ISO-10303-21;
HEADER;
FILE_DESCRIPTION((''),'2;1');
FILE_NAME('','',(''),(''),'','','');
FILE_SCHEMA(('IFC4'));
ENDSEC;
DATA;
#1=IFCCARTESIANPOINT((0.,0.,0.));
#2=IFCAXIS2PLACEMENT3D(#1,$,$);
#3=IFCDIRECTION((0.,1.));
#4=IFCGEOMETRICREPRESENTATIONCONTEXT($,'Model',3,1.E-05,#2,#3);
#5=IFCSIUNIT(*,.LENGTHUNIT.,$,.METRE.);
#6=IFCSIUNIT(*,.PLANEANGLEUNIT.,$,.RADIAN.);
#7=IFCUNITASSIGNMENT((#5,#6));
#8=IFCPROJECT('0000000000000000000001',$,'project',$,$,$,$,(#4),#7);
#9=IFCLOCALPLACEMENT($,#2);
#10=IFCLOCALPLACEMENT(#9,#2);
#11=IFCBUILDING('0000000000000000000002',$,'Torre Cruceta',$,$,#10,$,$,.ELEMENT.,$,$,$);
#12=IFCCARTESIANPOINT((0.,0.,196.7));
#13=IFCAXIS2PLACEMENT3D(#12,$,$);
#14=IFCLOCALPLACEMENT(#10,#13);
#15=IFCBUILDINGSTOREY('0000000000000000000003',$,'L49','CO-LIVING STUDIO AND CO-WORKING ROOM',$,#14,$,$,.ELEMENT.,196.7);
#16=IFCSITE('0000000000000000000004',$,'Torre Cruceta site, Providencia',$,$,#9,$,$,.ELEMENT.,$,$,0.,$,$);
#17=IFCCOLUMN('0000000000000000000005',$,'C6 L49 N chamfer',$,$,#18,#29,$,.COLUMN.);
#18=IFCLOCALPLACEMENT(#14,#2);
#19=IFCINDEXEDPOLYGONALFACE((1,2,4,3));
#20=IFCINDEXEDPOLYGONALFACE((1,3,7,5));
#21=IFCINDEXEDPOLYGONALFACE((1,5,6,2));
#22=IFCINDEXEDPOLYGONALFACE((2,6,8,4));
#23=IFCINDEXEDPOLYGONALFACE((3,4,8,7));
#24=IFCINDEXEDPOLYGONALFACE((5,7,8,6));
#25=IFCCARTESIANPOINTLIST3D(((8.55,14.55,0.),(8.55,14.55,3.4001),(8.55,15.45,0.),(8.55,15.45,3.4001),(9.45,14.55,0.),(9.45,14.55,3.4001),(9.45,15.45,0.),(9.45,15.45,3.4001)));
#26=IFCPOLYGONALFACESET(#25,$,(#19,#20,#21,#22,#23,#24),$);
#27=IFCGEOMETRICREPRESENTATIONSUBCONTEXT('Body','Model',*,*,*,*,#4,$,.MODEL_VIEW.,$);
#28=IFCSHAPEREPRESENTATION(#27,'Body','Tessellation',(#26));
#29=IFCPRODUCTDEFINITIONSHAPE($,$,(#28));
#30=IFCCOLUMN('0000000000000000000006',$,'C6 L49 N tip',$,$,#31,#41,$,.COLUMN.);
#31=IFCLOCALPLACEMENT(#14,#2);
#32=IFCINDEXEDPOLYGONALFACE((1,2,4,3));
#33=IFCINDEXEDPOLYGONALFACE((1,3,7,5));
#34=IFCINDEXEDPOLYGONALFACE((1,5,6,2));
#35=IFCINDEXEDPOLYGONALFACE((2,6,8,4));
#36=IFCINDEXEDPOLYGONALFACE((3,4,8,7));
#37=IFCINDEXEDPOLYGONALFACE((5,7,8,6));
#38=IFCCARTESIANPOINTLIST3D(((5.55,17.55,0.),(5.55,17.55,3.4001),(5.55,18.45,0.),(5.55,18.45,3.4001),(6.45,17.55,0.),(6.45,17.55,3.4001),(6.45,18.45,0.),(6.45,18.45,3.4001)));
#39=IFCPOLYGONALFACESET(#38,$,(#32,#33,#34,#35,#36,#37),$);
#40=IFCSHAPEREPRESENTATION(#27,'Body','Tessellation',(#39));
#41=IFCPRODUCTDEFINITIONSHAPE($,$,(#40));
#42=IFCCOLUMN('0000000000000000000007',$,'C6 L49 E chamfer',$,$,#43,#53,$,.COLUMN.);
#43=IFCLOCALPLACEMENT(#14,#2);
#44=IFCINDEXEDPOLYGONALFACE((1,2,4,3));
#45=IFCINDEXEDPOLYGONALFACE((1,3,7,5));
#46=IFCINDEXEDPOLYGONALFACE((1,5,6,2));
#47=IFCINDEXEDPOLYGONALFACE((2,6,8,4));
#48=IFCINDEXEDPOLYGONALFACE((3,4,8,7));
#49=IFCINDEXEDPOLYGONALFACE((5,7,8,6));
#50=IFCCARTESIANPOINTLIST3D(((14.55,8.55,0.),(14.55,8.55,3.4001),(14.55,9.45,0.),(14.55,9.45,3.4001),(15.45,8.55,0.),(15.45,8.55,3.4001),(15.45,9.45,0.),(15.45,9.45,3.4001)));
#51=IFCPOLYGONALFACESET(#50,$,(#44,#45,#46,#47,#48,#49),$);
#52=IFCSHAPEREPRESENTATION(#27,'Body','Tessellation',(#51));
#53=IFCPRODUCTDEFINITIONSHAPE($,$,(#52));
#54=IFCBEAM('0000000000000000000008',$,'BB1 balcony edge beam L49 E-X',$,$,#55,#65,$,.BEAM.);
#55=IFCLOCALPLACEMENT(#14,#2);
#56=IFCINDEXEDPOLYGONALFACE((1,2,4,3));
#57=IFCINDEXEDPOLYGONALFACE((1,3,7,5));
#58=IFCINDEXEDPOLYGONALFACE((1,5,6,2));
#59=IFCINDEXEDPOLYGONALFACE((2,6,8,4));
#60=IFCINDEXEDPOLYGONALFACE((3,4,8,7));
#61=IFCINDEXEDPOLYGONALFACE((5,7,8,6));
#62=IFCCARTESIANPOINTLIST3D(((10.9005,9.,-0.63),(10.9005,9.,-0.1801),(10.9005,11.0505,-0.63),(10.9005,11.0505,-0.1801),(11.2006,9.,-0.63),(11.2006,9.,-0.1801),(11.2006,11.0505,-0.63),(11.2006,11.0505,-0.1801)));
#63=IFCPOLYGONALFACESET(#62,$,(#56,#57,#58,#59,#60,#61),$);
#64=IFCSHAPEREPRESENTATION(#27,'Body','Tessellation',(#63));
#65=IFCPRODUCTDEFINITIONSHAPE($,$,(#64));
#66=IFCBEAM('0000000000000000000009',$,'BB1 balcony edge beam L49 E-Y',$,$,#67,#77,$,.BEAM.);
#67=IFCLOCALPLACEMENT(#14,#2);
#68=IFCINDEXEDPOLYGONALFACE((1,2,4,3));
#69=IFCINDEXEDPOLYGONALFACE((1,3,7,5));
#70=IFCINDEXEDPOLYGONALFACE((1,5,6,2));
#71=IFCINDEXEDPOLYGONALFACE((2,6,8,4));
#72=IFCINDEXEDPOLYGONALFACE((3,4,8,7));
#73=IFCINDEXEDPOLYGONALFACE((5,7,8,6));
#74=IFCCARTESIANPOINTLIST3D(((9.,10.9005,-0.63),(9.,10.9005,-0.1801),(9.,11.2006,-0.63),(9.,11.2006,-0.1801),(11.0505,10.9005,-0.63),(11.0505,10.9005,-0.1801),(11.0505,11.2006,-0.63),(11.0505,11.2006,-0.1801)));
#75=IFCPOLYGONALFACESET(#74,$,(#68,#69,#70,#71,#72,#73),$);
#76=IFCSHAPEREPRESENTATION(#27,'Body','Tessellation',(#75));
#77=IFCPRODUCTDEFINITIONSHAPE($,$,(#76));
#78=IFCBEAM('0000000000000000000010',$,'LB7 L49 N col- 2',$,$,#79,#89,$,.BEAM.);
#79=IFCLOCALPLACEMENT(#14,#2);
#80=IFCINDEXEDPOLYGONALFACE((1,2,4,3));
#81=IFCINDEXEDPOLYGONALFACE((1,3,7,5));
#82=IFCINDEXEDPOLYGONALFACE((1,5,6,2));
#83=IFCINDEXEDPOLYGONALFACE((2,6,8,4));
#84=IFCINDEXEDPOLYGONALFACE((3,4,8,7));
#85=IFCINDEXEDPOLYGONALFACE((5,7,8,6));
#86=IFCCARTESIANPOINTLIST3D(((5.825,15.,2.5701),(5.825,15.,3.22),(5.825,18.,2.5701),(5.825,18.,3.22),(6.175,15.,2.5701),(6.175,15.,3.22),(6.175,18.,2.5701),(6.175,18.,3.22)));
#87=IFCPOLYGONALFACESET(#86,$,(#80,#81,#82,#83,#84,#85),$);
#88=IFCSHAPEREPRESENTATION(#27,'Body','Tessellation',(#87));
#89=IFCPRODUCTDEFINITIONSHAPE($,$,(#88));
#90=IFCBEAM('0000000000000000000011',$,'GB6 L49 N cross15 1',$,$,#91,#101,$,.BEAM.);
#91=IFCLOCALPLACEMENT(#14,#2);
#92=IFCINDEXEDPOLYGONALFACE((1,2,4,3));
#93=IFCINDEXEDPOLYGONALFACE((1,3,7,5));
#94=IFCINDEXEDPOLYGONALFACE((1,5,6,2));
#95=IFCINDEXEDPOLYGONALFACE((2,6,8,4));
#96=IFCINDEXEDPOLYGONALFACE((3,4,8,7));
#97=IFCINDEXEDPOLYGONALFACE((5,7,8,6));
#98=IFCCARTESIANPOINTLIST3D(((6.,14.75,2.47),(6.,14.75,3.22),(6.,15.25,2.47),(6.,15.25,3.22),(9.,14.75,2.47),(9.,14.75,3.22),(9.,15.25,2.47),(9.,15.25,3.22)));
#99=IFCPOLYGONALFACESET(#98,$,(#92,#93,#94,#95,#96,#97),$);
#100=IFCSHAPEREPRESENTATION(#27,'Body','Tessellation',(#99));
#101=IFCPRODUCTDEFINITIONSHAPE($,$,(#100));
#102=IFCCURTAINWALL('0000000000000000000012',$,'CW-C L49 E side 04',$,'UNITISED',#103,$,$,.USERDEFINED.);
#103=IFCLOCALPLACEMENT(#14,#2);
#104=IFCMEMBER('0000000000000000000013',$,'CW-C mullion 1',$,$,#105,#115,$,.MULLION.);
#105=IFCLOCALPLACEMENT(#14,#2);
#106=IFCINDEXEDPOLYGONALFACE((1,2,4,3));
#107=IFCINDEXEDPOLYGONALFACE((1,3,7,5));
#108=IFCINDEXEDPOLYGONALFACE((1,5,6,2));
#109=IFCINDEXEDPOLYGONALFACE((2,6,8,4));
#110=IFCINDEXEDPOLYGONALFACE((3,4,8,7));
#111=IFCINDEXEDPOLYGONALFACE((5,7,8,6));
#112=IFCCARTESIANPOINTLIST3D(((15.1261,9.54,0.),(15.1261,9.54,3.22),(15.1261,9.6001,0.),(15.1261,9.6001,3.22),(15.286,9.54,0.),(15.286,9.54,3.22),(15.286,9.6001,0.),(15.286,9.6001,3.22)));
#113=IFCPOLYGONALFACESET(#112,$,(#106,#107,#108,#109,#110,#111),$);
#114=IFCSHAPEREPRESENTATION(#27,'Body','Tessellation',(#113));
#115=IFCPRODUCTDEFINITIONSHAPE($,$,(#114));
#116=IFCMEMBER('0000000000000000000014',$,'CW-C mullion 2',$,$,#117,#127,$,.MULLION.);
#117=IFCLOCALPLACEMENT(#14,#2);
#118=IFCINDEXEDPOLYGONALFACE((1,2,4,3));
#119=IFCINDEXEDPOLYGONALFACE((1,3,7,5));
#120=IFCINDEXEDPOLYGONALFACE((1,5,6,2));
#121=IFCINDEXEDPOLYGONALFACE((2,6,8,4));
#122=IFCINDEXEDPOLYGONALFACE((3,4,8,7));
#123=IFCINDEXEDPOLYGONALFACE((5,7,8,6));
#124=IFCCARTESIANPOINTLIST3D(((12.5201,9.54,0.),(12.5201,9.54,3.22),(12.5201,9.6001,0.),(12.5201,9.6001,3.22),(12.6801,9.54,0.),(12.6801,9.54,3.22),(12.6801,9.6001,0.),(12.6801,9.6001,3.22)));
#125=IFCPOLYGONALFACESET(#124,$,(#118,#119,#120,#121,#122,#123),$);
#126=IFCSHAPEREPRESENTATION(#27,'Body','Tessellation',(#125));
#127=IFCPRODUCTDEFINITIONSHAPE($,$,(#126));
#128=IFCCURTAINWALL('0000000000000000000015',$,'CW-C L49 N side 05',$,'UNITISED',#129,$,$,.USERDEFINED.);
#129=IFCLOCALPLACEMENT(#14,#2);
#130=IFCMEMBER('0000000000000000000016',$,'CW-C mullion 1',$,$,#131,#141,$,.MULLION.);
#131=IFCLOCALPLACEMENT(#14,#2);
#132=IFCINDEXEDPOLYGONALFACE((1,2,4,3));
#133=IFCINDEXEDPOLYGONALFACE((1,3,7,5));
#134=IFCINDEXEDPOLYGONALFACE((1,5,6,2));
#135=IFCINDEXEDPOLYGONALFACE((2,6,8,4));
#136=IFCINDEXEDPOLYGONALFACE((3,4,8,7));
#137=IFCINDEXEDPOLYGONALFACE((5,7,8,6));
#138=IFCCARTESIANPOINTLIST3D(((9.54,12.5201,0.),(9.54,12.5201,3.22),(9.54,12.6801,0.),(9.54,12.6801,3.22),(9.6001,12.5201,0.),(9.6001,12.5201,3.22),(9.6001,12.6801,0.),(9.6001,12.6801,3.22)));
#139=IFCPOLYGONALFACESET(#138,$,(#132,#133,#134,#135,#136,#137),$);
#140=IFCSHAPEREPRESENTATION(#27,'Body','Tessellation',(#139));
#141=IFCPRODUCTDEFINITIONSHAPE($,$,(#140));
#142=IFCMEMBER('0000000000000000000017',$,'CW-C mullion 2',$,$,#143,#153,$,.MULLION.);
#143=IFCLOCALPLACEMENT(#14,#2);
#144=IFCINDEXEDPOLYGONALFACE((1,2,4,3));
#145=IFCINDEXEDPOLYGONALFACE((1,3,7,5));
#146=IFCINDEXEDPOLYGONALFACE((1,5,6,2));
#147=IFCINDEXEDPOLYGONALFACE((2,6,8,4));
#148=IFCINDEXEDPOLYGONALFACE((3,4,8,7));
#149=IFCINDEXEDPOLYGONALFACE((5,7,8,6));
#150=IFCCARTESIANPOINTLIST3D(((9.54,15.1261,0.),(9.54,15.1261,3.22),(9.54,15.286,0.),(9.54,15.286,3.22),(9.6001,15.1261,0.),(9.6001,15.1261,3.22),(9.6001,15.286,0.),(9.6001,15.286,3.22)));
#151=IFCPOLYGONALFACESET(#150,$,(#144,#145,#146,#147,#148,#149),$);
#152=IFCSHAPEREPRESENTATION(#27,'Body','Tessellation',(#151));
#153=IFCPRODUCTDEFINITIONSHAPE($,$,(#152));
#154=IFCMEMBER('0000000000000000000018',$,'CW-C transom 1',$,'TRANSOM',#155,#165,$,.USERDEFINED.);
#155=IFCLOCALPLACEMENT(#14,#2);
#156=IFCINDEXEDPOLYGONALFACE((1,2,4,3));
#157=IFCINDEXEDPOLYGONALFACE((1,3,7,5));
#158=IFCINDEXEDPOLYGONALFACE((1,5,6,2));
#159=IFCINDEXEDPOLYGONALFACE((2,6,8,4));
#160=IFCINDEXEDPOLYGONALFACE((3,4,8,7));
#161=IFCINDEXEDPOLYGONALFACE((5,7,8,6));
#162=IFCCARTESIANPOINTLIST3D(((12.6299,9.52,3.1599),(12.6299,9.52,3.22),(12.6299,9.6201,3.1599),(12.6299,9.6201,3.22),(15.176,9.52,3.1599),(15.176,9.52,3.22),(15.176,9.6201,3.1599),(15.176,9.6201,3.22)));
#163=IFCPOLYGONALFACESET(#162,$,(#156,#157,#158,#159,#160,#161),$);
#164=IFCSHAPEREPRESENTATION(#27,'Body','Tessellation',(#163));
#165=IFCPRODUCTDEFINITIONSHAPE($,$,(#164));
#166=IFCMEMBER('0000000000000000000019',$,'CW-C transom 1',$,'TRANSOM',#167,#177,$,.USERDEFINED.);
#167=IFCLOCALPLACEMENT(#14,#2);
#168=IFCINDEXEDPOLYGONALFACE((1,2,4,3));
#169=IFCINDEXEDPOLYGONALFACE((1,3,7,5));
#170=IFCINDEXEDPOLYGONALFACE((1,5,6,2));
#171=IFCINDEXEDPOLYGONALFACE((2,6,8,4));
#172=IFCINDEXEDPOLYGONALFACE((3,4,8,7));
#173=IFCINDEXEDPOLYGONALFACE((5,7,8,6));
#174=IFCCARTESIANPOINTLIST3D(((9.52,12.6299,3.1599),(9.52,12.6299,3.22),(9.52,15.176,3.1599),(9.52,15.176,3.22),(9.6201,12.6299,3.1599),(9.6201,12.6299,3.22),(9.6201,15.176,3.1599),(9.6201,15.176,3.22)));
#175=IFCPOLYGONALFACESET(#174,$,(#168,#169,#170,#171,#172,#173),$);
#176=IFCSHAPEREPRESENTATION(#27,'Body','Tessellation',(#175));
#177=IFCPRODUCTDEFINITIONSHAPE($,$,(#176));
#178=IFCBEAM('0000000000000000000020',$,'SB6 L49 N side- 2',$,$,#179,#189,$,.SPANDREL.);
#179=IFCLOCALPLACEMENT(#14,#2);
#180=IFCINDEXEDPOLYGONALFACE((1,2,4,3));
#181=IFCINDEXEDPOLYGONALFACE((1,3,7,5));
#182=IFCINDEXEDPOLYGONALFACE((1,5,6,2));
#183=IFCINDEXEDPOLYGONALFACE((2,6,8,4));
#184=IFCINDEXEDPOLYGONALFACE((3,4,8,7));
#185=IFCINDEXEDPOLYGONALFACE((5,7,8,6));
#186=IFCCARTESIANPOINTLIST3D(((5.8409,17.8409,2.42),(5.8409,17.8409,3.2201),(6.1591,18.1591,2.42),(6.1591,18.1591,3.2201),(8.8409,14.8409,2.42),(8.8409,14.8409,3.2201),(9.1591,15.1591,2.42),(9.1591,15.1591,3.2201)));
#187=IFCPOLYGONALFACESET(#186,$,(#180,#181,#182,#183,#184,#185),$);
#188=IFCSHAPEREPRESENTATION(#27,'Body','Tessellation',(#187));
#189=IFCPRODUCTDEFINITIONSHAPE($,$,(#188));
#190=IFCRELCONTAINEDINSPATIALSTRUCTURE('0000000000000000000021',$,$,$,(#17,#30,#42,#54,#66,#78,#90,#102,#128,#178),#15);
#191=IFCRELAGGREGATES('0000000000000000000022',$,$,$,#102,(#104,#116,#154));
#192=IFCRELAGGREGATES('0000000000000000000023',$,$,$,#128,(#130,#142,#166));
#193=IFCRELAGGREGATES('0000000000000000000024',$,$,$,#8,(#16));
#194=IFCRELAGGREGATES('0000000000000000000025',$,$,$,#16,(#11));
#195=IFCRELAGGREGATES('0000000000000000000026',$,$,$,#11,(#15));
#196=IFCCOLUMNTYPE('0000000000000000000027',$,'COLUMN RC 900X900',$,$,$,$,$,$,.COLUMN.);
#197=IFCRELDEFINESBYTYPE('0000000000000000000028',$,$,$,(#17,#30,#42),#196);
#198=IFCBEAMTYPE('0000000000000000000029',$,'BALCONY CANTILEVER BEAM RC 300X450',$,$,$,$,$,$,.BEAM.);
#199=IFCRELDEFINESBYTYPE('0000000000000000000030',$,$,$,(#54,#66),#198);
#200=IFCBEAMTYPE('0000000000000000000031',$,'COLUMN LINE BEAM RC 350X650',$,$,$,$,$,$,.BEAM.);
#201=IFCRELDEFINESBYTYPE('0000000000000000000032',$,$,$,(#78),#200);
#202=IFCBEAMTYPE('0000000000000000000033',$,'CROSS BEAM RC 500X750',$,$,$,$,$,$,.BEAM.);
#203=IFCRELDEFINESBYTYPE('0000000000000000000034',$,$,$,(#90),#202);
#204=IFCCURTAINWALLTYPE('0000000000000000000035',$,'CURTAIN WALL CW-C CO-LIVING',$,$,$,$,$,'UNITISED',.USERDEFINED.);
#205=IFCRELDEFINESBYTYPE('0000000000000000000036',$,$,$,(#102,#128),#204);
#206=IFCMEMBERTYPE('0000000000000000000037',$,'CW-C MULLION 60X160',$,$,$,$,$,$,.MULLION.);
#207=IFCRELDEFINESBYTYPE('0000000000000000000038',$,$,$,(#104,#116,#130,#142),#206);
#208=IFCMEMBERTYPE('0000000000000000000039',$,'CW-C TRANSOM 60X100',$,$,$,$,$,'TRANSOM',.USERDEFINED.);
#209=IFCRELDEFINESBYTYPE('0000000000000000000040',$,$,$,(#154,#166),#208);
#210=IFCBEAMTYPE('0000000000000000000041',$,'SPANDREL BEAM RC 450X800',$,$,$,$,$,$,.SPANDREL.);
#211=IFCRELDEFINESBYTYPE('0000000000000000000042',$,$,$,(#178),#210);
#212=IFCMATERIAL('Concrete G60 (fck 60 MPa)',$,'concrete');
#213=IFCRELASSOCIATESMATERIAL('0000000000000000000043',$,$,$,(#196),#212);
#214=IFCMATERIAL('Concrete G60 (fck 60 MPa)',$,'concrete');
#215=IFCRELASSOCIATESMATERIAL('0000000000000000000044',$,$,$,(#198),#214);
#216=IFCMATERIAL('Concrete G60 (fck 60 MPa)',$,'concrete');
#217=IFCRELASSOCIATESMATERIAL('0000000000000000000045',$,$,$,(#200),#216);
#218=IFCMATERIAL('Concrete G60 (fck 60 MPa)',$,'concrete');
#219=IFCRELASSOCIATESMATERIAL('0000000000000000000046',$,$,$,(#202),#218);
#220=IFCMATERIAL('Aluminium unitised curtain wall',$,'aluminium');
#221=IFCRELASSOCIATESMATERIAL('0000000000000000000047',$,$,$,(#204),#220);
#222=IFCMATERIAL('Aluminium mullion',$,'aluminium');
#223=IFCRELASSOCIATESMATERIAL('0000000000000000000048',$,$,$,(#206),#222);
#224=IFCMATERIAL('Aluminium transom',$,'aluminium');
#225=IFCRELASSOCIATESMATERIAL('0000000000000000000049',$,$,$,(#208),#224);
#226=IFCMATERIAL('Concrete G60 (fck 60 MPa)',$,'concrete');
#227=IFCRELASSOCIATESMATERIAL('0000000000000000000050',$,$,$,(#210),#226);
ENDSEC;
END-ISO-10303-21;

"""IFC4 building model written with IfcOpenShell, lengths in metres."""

from ifc_helpers import new_model, si_unit, direction, frame, origin, origin_2d, place, context, subcontext, project, spatial, rectangle, extrude, material, material_profile, profile_set, type_object, element, aggregate, save


model = new_model("IFC4")

# Units and contexts
model_context = context("Model", 3, precision=1e-05, world=origin(), true_north=direction((0.0, 1.0)))
body_context = subcontext(model_context, "Body", "Model", "MODEL_VIEW")
ifc_project = project(units=[si_unit("LENGTHUNIT", "METRE"), si_unit("PLANEANGLEUNIT", "RADIAN")], contexts=[model_context])

# Site, building, storey
site_placement = place(None, origin())
site = spatial("IfcSite", under=ifc_project, at=site_placement, Name="Torre Cruceta site, Providencia", CompositionType="ELEMENT", RefElevation=0.0)
building_placement = place(site_placement, origin())
building = spatial("IfcBuilding", under=site, at=building_placement, Name="Torre Cruceta", CompositionType="ELEMENT")
storey_placement = place(building_placement, frame((0.0, 0.0, 196.7)))
storey = spatial("IfcBuildingStorey", under=building, at=storey_placement, Name="L49", Description="CO-LIVING STUDIO AND CO-WORKING ROOM", CompositionType="ELEMENT", Elevation=196.7)

# Columns
ifc_material_1 = material(Name="Concrete G60 (fck 60 MPa)", Category="concrete")
ifc_material_profile_1 = material_profile(ifc_material_1, rectangle(XDim=0.8999, YDim=0.8999, at=origin_2d()), Name="RC 900X900")
ifc_profile_set_1 = profile_set([ifc_material_profile_1], Name="Concrete G60 (fck 60 MPa)")
column_type = type_object("IfcColumnType", Name="COLUMN RC 900X900", PredefinedType="COLUMN", material=ifc_profile_set_1)
for number, where, z_axis, x_axis, name in (
    (1, (9.0, 15.0, 0.0), (0.0, 0.0, 1.0), (1.0, 0.0, 0.0), "C6 L49 N chamfer"),
    (2, (6.0, 18.0, 0.0), (0.0, 0.0, 1.0), (1.0, 0.0, 0.0), "C6 L49 N tip"),
    (3, (15.0, 9.0, 0.0), (0.0, 0.0, 1.0), (1.0, 0.0, 0.0), "C6 L49 E chamfer"),
):
    element("IfcColumn", number, at=place(storey_placement, frame(where, z_axis=z_axis, x_axis=x_axis)), inside=storey, type_object=column_type, Name=name, PredefinedType="COLUMN", context=body_context, shape_type="SweptSolid", body=[
        extrude(rectangle(XDim=0.8999, YDim=0.8999, at=origin_2d()), origin(), (0.0, 0.0, 1.0), 3.4001),
    ])

# Beams
ifc_material_2 = material(Name="Concrete G60 (fck 60 MPa)", Category="concrete")
ifc_material_profile_2 = material_profile(ifc_material_2, rectangle(XDim=0.3, YDim=0.45, at=origin_2d()), Name="RC 300X450")
ifc_profile_set_2 = profile_set([ifc_material_profile_2], Name="Concrete G60 (fck 60 MPa)")
beam_type_1 = type_object("IfcBeamType", Name="BALCONY CANTILEVER BEAM RC 300X450", PredefinedType="BEAM", material=ifc_profile_set_2)
for number, where, z_axis, x_axis, name in (
    (4, (11.0505, 9.0, -0.405), (0.0, 1.0, 0.0), (-1.0, 0.0, 0.0), "BB1 balcony edge beam L49 E-X"),
    (5, (9.0, 11.0505, -0.405), (1.0, 0.0, 0.0), (0.0, 1.0, 0.0), "BB1 balcony edge beam L49 E-Y"),
):
    element("IfcBeam", number, at=place(storey_placement, frame(where, z_axis=z_axis, x_axis=x_axis)), inside=storey, type_object=beam_type_1, Name=name, PredefinedType="BEAM", context=body_context, shape_type="SweptSolid", body=[
        extrude(rectangle(XDim=0.3, YDim=0.45, at=origin_2d()), origin(), (0.0, 0.0, 1.0), 2.0505),
    ])
ifc_material_3 = material(Name="Concrete G60 (fck 60 MPa)", Category="concrete")
ifc_material_profile_3 = material_profile(ifc_material_3, rectangle(XDim=0.3501, YDim=0.6499, at=origin_2d()), Name="RC 350X650")
ifc_profile_set_3 = profile_set([ifc_material_profile_3], Name="Concrete G60 (fck 60 MPa)")
beam_type_2 = type_object("IfcBeamType", Name="COLUMN LINE BEAM RC 350X650", PredefinedType="BEAM", material=ifc_profile_set_3)
beam_1_placement = place(storey_placement, frame((6.0, 15.0, 2.895), z_axis=(0.0, 1.0, 0.0), x_axis=(-1.0, 0.0, 0.0)))
element("IfcBeam", 6, at=beam_1_placement, inside=storey, type_object=beam_type_2, Name="LB7 L49 N col- 2", PredefinedType="BEAM", context=body_context, shape_type="SweptSolid", body=[
    extrude(rectangle(XDim=0.3501, YDim=0.6499, at=origin_2d()), origin(), (0.0, 0.0, 1.0), 3.0),
])
ifc_material_4 = material(Name="Concrete G60 (fck 60 MPa)", Category="concrete")
ifc_material_profile_4 = material_profile(ifc_material_4, rectangle(XDim=0.5, YDim=0.75, at=origin_2d()), Name="RC 500X750")
ifc_profile_set_4 = profile_set([ifc_material_profile_4], Name="Concrete G60 (fck 60 MPa)")
beam_type_3 = type_object("IfcBeamType", Name="CROSS BEAM RC 500X750", PredefinedType="BEAM", material=ifc_profile_set_4)
beam_2_placement = place(storey_placement, frame((9.0, 15.0, 2.845), z_axis=(-1.0, 0.0, 0.0), x_axis=(0.0, -1.0, 0.0)))
element("IfcBeam", 7, at=beam_2_placement, inside=storey, type_object=beam_type_3, Name="GB6 L49 N cross15 1", PredefinedType="BEAM", context=body_context, shape_type="SweptSolid", body=[
    extrude(rectangle(XDim=0.5, YDim=0.75, at=origin_2d()), origin(), (0.0, 0.0, 1.0), 3.0),
])

# Curtain walls, members
ifc_material_5 = material(Name="Aluminium unitised curtain wall", Category="aluminium")
curtain_wall_type = type_object("IfcCurtainWallType", Name="CURTAIN WALL CW-C CO-LIVING", ElementType="UNITISED", PredefinedType="USERDEFINED", material=ifc_material_5)
curtain_wall_1_placement = place(storey_placement, origin())
curtain_wall_1 = element("IfcCurtainWall", 8, at=curtain_wall_1_placement, inside=storey, type_object=curtain_wall_type, Name="CW-C L49 E side 04", ObjectType="UNITISED", PredefinedType="USERDEFINED")
ifc_material_6 = material(Name="Aluminium mullion", Category="aluminium")
ifc_material_profile_5 = material_profile(ifc_material_6, rectangle(XDim=0.0601, YDim=0.1599, at=origin_2d()), Name="AL 60X160")
ifc_profile_set_5 = profile_set([ifc_material_profile_5], Name="Aluminium mullion")
member_type_1 = type_object("IfcMemberType", Name="CW-C MULLION 60X160", PredefinedType="MULLION", material=ifc_profile_set_5)
member_1_placement = place(storey_placement, frame((15.2061, 9.5701, 0.0), z_axis=(0.0, 0.0, 1.0), x_axis=(0.0, -1.0, 0.0)))
member_1 = element("IfcMember", 9, at=member_1_placement, type_object=member_type_1, Name="CW-C mullion 1", PredefinedType="MULLION", context=body_context, shape_type="SweptSolid", body=[
    extrude(rectangle(XDim=0.0601, YDim=0.1599, at=origin_2d()), origin(), (0.0, 0.0, 1.0), 3.22),
])
member_2_placement = place(storey_placement, frame((12.6001, 9.5701, 0.0), z_axis=(0.0, 0.0, 1.0), x_axis=(0.0, -1.0, 0.0)))
member_2 = element("IfcMember", 10, at=member_2_placement, type_object=member_type_1, Name="CW-C mullion 2", PredefinedType="MULLION", context=body_context, shape_type="SweptSolid", body=[
    extrude(rectangle(XDim=0.0601, YDim=0.1599, at=origin_2d()), origin(), (0.0, 0.0, 1.0), 3.22),
])
curtain_wall_2_placement = place(storey_placement, origin())
curtain_wall_2 = element("IfcCurtainWall", 11, at=curtain_wall_2_placement, inside=storey, type_object=curtain_wall_type, Name="CW-C L49 N side 05", ObjectType="UNITISED", PredefinedType="USERDEFINED")
member_3_placement = place(storey_placement, frame((9.5701, 12.6001, 0.0), z_axis=(0.0, 0.0, 1.0), x_axis=(-1.0, 0.0, 0.0)))
member_3 = element("IfcMember", 12, at=member_3_placement, type_object=member_type_1, Name="CW-C mullion 1", PredefinedType="MULLION", context=body_context, shape_type="SweptSolid", body=[
    extrude(rectangle(XDim=0.0601, YDim=0.1599, at=origin_2d()), origin(), (0.0, 0.0, 1.0), 3.22),
])
member_4_placement = place(storey_placement, frame((9.5701, 15.2061, 0.0), z_axis=(0.0, 0.0, 1.0), x_axis=(-1.0, 0.0, 0.0)))
member_4 = element("IfcMember", 13, at=member_4_placement, type_object=member_type_1, Name="CW-C mullion 2", PredefinedType="MULLION", context=body_context, shape_type="SweptSolid", body=[
    extrude(rectangle(XDim=0.0601, YDim=0.1599, at=origin_2d()), origin(), (0.0, 0.0, 1.0), 3.22),
])

# Members
ifc_material_7 = material(Name="Aluminium transom", Category="aluminium")
ifc_material_profile_6 = material_profile(ifc_material_7, rectangle(XDim=0.1001, YDim=0.0601, at=origin_2d()), Name="AL 100X60")
ifc_profile_set_6 = profile_set([ifc_material_profile_6], Name="Aluminium transom")
member_type_2 = type_object("IfcMemberType", Name="CW-C TRANSOM 60X100", ElementType="TRANSOM", PredefinedType="USERDEFINED", material=ifc_profile_set_6)
member_5_placement = place(storey_placement, frame((15.176, 9.5701, 3.1899), z_axis=(-1.0, 0.0, 0.0), x_axis=(0.0, -1.0, 0.0)))
member_5 = element("IfcMember", 14, at=member_5_placement, type_object=member_type_2, Name="CW-C transom 1", ObjectType="TRANSOM", PredefinedType="USERDEFINED", context=body_context, shape_type="SweptSolid", body=[
    extrude(rectangle(XDim=0.1001, YDim=0.0601, at=origin_2d()), origin(), (0.0, 0.0, 1.0), 2.5461),
])
member_6_placement = place(storey_placement, frame((9.5701, 12.6299, 3.1899), z_axis=(0.0, 1.0, 0.0), x_axis=(-1.0, 0.0, 0.0)))
member_6 = element("IfcMember", 15, at=member_6_placement, type_object=member_type_2, Name="CW-C transom 1", ObjectType="TRANSOM", PredefinedType="USERDEFINED", context=body_context, shape_type="SweptSolid", body=[
    extrude(rectangle(XDim=0.1001, YDim=0.0601, at=origin_2d()), origin(), (0.0, 0.0, 1.0), 2.5461),
])

# Beam
ifc_material_8 = material(Name="Concrete G60 (fck 60 MPa)", Category="concrete")
ifc_material_profile_7 = material_profile(ifc_material_8, rectangle(XDim=0.45, YDim=0.8, at=origin_2d()), Name="RC 450X800")
ifc_profile_set_7 = profile_set([ifc_material_profile_7], Name="Concrete G60 (fck 60 MPa)")
beam_type_4 = type_object("IfcBeamType", Name="SPANDREL BEAM RC 450X800", PredefinedType="SPANDREL", material=ifc_profile_set_7)
for number, where, z_axis, x_axis, name in (
    (16, (9.0, 15.0, 2.8201), (-0.707107, 0.707107, 0.0), (-0.707107, -0.707107, 0.0), "SB6 L49 N side- 2"),
):
    element("IfcBeam", number, at=place(storey_placement, frame(where, z_axis=z_axis, x_axis=x_axis)), inside=storey, type_object=beam_type_4, Name=name, PredefinedType="SPANDREL", context=body_context, shape_type="SweptSolid", body=[
        extrude(rectangle(XDim=0.45, YDim=0.8, at=origin_2d()), origin(), (0.0, 0.0, 1.0), 4.2427),
    ])

aggregate(curtain_wall_1, [member_1, member_2, member_5])
aggregate(curtain_wall_2, [member_3, member_4, member_6])

save(model, "model.ifc")
